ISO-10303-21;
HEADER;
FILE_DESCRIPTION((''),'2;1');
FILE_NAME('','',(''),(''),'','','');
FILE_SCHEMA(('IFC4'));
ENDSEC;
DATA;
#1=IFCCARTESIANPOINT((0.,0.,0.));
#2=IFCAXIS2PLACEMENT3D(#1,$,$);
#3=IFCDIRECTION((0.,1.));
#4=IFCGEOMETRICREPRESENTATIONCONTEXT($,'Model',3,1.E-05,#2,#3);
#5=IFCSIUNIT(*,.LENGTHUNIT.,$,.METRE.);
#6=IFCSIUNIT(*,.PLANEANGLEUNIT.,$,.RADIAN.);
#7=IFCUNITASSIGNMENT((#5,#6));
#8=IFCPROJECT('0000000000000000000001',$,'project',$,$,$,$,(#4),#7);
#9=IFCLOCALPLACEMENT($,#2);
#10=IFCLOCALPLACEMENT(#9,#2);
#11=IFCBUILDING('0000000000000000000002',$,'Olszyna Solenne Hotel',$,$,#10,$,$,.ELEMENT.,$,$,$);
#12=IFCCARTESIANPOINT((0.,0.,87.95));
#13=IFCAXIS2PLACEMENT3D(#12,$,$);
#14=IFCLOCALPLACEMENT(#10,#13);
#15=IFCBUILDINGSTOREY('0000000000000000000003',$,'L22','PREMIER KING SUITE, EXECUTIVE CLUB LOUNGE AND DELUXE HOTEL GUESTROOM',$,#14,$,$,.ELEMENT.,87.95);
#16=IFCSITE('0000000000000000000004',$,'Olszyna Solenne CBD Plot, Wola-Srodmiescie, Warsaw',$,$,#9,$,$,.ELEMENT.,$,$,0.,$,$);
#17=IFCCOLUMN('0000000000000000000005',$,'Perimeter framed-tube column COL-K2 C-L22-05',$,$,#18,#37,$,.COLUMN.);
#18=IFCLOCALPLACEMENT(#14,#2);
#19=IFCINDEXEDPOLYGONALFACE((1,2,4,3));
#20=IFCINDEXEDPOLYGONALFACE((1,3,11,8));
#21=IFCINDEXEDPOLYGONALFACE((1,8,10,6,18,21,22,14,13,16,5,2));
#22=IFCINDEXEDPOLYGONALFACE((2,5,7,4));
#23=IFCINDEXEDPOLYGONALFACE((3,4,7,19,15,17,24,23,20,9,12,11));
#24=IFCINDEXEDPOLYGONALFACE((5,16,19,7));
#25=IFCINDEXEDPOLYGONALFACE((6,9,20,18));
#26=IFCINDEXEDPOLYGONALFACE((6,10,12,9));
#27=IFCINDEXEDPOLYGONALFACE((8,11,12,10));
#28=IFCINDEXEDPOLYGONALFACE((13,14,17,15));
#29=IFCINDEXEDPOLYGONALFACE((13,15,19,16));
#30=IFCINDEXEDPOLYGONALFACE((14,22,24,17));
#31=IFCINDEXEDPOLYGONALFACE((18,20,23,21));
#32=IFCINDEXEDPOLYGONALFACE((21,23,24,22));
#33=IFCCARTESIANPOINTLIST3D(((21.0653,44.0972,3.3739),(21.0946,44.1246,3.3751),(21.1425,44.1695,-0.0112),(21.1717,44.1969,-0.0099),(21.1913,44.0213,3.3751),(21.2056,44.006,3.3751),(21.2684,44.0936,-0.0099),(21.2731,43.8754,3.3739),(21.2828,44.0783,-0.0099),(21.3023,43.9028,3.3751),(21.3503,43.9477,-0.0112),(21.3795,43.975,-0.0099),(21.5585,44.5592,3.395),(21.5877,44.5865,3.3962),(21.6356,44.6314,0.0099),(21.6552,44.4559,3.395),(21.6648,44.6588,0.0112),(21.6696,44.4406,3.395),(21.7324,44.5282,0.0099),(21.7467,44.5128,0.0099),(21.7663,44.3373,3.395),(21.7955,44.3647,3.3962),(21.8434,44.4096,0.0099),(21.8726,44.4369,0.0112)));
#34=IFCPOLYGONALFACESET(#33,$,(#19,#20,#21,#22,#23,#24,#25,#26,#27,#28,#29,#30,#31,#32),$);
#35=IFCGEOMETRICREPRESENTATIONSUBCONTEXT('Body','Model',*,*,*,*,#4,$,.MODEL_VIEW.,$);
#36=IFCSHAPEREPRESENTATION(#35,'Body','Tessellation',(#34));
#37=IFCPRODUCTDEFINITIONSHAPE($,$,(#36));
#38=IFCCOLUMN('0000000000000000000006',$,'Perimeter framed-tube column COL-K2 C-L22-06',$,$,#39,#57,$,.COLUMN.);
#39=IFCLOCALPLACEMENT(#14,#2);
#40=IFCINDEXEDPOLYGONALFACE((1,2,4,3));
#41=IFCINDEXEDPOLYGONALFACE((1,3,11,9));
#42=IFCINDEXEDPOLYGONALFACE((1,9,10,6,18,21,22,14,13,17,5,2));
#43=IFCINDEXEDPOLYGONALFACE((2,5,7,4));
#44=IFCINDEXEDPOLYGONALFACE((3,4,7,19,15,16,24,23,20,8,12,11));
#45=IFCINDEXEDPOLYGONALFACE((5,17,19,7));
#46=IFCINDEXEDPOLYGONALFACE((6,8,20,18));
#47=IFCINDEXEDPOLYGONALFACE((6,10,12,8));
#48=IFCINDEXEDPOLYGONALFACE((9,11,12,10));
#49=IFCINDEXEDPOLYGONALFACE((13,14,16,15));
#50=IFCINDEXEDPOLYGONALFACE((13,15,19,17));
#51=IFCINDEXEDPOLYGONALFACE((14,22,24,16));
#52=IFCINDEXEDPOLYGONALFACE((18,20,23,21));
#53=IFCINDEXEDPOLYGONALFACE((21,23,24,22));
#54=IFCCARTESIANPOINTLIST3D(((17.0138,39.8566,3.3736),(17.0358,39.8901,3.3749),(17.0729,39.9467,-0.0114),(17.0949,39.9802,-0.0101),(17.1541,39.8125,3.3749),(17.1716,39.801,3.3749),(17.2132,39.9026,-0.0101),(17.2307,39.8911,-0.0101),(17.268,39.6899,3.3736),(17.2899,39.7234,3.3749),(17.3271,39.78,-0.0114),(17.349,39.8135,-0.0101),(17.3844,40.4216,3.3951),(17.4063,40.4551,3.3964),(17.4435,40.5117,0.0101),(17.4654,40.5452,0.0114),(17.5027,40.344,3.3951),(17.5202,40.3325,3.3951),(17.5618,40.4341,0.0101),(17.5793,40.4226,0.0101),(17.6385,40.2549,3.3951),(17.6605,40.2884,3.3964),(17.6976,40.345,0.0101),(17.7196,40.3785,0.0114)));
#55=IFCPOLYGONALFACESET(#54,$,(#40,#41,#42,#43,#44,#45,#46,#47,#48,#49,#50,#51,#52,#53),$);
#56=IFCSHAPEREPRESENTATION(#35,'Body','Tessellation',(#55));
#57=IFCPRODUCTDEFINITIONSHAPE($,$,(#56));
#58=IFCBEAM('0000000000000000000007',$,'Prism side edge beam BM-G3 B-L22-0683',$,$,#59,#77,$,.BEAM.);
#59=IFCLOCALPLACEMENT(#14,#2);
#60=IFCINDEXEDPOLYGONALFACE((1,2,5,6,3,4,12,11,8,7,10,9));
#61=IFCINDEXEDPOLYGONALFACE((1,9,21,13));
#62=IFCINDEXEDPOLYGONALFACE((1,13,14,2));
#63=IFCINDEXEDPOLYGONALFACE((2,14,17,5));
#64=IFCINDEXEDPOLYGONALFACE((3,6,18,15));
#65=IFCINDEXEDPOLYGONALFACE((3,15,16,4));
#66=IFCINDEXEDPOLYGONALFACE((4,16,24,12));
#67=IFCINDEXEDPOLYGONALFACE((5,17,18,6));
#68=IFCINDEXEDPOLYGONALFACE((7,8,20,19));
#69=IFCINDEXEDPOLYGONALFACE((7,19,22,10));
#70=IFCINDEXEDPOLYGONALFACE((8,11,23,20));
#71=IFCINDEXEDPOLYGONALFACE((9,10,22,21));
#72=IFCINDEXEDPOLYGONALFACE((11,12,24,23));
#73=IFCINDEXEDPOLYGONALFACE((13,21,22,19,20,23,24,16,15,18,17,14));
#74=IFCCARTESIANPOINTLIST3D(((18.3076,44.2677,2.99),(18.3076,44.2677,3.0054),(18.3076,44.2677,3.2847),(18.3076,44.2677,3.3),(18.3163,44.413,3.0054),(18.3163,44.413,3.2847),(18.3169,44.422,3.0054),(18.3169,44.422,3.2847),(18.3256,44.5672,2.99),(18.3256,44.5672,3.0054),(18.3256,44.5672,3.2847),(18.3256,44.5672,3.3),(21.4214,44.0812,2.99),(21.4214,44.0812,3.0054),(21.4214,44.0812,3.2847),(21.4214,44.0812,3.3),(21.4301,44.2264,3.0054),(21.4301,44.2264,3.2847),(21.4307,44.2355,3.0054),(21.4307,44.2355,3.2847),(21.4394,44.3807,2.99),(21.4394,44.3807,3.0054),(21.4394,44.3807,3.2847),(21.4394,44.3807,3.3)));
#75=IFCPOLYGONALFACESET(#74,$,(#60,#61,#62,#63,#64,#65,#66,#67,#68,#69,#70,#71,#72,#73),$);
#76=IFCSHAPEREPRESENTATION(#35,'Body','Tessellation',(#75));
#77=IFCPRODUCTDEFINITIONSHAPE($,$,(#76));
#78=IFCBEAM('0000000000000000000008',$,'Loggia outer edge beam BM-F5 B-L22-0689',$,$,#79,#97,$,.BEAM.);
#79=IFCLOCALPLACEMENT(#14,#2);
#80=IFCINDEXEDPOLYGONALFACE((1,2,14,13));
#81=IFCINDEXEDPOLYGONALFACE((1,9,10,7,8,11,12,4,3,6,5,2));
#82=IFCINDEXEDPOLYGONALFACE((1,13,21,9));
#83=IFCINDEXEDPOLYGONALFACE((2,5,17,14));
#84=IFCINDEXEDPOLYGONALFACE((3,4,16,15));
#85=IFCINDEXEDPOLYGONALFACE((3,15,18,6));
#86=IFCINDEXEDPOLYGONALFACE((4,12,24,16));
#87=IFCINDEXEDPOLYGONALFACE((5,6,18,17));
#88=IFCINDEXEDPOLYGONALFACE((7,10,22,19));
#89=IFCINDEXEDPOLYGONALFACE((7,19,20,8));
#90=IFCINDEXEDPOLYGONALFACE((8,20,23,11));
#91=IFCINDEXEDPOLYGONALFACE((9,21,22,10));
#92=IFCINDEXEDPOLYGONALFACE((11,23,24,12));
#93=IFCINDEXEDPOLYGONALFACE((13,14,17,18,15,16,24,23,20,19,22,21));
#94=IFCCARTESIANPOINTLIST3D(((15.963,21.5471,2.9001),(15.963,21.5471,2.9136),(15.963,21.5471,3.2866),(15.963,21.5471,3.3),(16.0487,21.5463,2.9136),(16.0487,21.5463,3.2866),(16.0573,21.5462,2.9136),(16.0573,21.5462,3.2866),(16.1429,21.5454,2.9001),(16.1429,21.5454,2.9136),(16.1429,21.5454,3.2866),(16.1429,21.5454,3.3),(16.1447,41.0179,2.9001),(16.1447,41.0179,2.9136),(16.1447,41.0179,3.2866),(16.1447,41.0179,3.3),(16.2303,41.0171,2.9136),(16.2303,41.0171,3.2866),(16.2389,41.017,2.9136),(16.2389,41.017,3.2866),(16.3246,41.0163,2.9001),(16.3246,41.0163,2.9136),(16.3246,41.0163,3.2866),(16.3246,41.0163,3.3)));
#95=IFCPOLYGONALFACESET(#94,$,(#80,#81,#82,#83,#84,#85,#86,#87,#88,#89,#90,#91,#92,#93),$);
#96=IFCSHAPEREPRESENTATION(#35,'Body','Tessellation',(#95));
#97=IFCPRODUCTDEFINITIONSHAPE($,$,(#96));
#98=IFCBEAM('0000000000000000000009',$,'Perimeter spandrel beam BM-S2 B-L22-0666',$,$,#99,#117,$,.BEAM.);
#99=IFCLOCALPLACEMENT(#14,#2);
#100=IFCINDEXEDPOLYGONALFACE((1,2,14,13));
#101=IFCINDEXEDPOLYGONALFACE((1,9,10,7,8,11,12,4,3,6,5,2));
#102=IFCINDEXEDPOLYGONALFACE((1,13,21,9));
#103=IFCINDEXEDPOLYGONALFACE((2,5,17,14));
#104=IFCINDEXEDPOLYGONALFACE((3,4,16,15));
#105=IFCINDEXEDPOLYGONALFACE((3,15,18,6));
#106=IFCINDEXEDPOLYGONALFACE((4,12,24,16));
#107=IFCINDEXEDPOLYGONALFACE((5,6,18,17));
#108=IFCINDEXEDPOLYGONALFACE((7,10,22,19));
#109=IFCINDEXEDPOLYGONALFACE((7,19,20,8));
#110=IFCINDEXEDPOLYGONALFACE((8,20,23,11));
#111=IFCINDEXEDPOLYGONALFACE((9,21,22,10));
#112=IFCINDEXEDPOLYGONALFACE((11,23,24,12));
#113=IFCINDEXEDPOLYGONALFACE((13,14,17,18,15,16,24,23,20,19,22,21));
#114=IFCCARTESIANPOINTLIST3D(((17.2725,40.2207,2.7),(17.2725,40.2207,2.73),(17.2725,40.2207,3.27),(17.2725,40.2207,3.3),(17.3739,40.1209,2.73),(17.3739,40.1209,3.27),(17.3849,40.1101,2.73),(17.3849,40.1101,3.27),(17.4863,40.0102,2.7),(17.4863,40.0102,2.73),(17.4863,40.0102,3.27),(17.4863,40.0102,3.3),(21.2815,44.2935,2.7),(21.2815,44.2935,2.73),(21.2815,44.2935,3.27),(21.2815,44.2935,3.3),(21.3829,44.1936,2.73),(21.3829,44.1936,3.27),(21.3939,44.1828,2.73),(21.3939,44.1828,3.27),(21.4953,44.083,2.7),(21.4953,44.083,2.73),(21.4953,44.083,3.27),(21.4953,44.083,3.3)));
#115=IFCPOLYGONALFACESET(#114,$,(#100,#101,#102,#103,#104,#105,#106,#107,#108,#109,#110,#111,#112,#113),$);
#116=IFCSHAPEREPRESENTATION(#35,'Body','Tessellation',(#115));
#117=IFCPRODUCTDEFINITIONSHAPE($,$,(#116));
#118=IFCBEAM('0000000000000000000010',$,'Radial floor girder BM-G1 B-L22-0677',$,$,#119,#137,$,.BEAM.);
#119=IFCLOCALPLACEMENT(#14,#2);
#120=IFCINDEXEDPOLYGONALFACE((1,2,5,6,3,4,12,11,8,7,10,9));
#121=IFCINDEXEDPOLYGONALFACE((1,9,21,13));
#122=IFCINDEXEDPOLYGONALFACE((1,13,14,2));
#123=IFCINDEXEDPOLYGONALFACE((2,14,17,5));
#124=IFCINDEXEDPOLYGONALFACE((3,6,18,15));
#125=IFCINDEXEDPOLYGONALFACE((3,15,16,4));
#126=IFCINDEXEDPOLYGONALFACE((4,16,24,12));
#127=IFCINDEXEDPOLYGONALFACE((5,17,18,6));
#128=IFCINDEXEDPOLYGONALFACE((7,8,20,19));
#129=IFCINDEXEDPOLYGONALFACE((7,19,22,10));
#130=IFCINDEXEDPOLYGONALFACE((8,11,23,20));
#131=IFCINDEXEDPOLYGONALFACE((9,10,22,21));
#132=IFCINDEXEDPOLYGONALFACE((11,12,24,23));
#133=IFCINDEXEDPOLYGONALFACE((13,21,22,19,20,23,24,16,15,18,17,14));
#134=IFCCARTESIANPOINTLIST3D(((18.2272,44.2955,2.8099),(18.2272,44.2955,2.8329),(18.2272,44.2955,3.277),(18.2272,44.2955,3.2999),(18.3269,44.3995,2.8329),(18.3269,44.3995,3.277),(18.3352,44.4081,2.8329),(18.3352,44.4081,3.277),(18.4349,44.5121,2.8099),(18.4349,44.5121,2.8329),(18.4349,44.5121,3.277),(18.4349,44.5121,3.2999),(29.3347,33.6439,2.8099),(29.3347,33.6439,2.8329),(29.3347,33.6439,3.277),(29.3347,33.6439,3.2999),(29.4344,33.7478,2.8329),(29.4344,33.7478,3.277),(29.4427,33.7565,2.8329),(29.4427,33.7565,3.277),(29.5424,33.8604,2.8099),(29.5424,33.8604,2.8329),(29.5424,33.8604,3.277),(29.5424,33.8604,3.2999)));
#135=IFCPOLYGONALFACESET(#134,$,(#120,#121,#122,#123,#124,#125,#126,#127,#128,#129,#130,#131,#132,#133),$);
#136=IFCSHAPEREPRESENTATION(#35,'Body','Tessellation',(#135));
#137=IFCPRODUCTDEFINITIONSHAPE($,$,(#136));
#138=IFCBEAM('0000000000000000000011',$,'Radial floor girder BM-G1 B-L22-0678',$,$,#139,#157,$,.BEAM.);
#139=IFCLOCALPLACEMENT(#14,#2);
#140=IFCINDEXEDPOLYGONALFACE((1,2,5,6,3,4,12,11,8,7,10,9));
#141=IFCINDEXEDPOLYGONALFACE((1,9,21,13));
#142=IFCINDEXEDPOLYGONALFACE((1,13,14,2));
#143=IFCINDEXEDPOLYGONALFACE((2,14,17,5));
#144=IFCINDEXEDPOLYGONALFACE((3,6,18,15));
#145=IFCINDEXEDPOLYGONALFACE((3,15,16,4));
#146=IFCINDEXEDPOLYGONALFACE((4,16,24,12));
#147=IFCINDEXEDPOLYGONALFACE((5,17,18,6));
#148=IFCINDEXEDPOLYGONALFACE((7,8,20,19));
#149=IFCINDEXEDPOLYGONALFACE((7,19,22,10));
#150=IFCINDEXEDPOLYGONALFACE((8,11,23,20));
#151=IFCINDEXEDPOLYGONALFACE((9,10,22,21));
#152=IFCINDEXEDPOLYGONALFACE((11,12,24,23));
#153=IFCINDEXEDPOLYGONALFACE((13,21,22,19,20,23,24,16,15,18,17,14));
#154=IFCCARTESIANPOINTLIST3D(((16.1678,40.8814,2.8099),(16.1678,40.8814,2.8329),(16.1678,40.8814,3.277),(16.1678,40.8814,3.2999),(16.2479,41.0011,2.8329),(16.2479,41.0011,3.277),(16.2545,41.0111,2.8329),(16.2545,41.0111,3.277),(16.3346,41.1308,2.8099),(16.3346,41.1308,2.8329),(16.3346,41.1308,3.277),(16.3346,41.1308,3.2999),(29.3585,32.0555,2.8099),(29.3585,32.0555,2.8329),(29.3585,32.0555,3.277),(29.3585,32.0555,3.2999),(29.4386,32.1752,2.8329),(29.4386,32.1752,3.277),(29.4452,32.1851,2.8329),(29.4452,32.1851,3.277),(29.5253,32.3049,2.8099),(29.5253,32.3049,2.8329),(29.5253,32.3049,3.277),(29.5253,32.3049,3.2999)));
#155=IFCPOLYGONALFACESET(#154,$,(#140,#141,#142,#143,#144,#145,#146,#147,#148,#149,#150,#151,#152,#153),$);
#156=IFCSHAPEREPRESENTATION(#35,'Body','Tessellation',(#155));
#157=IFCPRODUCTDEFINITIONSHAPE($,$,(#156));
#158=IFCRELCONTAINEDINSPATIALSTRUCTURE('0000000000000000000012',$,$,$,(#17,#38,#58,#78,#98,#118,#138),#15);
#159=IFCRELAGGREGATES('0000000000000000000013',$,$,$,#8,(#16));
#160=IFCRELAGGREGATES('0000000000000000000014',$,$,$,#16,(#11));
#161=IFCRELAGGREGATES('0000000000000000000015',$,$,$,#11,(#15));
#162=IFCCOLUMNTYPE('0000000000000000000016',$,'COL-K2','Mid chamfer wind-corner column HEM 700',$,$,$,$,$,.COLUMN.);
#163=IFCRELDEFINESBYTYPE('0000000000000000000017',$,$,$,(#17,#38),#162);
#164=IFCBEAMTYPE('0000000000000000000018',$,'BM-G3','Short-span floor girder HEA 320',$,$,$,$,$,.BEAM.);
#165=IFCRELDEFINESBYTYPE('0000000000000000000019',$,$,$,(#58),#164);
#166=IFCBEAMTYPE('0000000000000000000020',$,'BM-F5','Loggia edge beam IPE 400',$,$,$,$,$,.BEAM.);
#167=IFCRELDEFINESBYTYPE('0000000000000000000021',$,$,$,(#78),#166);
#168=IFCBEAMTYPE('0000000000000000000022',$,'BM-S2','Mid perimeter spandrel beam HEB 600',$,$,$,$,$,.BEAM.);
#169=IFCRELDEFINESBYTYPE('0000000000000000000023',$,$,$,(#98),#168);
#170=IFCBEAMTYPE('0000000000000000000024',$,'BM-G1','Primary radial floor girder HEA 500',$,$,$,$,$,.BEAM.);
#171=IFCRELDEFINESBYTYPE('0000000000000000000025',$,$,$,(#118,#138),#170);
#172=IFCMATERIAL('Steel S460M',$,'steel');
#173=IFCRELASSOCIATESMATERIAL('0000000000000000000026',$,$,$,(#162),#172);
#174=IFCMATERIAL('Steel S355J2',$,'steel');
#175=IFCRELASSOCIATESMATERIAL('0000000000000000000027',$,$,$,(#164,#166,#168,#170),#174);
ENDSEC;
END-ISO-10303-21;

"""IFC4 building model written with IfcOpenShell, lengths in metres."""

from ifc_helpers import new_model, si_unit, direction, frame, origin, origin_2d, place, context, subcontext, project, spatial, i_section, extrude, source, transform, mapped, material, material_profile, profile_set, type_object, element, save


model = new_model("IFC4")

# Units and contexts
model_context = context("Model", 3, precision=1e-05, world=origin(), true_north=direction((0.0, 1.0)))
body_context = subcontext(model_context, "Body", "Model", "MODEL_VIEW")
ifc_project = project(units=[si_unit("LENGTHUNIT", "METRE"), si_unit("PLANEANGLEUNIT", "RADIAN")], contexts=[model_context])

# Site, building, storey
site_placement = place(None, origin())
site = spatial("IfcSite", under=ifc_project, at=site_placement, Name="Olszyna Solenne CBD Plot, Wola-Srodmiescie, Warsaw", CompositionType="ELEMENT", RefElevation=0.0)
building_placement = place(site_placement, origin())
building = spatial("IfcBuilding", under=site, at=building_placement, Name="Olszyna Solenne Hotel", CompositionType="ELEMENT")
storey_placement = place(building_placement, frame((0.0, 0.0, 87.95)))
storey = spatial("IfcBuildingStorey", under=building, at=storey_placement, Name="L22", Description="PREMIER KING SUITE, EXECUTIVE CLUB LOUNGE AND DELUXE HOTEL GUESTROOM", CompositionType="ELEMENT", Elevation=87.95)

# Columns
ifc_material_1 = material(Name="Steel S460M", Category="steel")
ifc_material_profile_1 = material_profile(ifc_material_1, i_section(OverallWidth=0.304, OverallDepth=0.7161, WebThickness=0.021, FlangeThickness=0.04, at=origin_2d()), Name="HEM 700", Category="load-bearing")
ifc_profile_set_1 = profile_set([ifc_material_profile_1], Name="Steel S460M")
column_type = type_object("IfcColumnType", Name="COL-K2", Description="Mid chamfer wind-corner column HEM 700", PredefinedType="COLUMN", material=ifc_profile_set_1)
shared_shape_1 = source(origin(), body_context, "Body", "SweptSolid", [
    extrude(i_section(OverallWidth=0.304, OverallDepth=0.7161, WebThickness=0.021, FlangeThickness=0.04, at=origin_2d()), origin(), (0.0, 0.0, 1.0), 3.3867),
])
for number, where, z_axis, x_axis, name in (
    (1, (21.5076, 44.3032, 0.0), (-0.02278, -0.021338, 0.999513), (0.683634, -0.729825, 0.0), "Perimeter framed-tube column COL-K2 C-L22-05"),
    (2, (17.3962, 40.1626, 0.0), (-0.017445, -0.0266, 0.999494), (0.83621, -0.548409, 0.0), "Perimeter framed-tube column COL-K2 C-L22-06"),
):
    element("IfcColumn", number, at=place(storey_placement, frame(where, z_axis=z_axis, x_axis=x_axis)), inside=storey, type_object=column_type, Name=name, PredefinedType="COLUMN", context=body_context, shape_type="MappedRepresentation", body=[
        mapped(shared_shape_1, transform((0.0, 0.0, 0.0), x_axis=(1.0, 0.0, 0.0), y_axis=(0.0, 1.0, 0.0), z_axis=(0.0, 0.0, 1.0), scale=1.0)),
    ])

# Beams
ifc_material_2 = material(Name="Steel S355J2", Category="steel")
ifc_material_profile_2 = material_profile(ifc_material_2, i_section(OverallWidth=0.3, OverallDepth=0.3101, WebThickness=0.009, FlangeThickness=0.0154, at=origin_2d()), Name="HEA 320", Category="load-bearing")
ifc_profile_set_2 = profile_set([ifc_material_profile_2], Name="Steel S355J2")
beam_type_1 = type_object("IfcBeamType", Name="BM-G3", Description="Short-span floor girder HEA 320", PredefinedType="BEAM", material=ifc_profile_set_2)
shared_shape_2 = source(origin(), body_context, "Body", "SweptSolid", [
    extrude(i_section(OverallWidth=0.3, OverallDepth=0.3101, WebThickness=0.009, FlangeThickness=0.0154, at=origin_2d()), origin(), (0.0, 0.0, 1.0), 3.1194),
])
beam_1_placement = place(storey_placement, frame((21.4304, 44.231, 3.145), z_axis=(-0.998211, 0.059796, 0.0), x_axis=(-0.059796, -0.998211, 0.0)))
element("IfcBeam", 3, at=beam_1_placement, inside=storey, type_object=beam_type_1, Name="Prism side edge beam BM-G3 B-L22-0683", PredefinedType="BEAM", context=body_context, shape_type="MappedRepresentation", body=[
    mapped(shared_shape_2, transform((0.0, 0.0, 0.0), x_axis=(1.0, 0.0, 0.0), y_axis=(0.0, 1.0, 0.0), z_axis=(0.0, 0.0, 1.0), scale=1.0)),
])
ifc_material_profile_3 = material_profile(ifc_material_2, i_section(OverallWidth=0.1799, OverallDepth=0.3999, WebThickness=0.0085, FlangeThickness=0.0134, at=origin_2d()), Name="IPE 400", Category="load-bearing")
ifc_profile_set_3 = profile_set([ifc_material_profile_3], Name="Steel S355J2")
beam_type_2 = type_object("IfcBeamType", Name="BM-F5", Description="Loggia edge beam IPE 400", PredefinedType="BEAM", material=ifc_profile_set_3)
shared_shape_3 = source(origin(), body_context, "Body", "SweptSolid", [
    extrude(i_section(OverallWidth=0.1799, OverallDepth=0.3999, WebThickness=0.0085, FlangeThickness=0.0134, at=origin_2d()), origin(), (0.0, 0.0, 1.0), 19.4717),
])
beam_2_placement = place(storey_placement, frame((16.2346, 41.0171, 3.1001), z_axis=(-0.009328, -0.999956, 0.0), x_axis=(0.999956, -0.009328, 0.0)))
element("IfcBeam", 4, at=beam_2_placement, inside=storey, type_object=beam_type_2, Name="Loggia outer edge beam BM-F5 B-L22-0689", PredefinedType="BEAM", context=body_context, shape_type="MappedRepresentation", body=[
    mapped(shared_shape_3, transform((0.0, 0.0, 0.0), x_axis=(1.0, 0.0, 0.0), y_axis=(0.0, 1.0, 0.0), z_axis=(0.0, 0.0, 1.0), scale=1.0)),
])
ifc_material_profile_4 = material_profile(ifc_material_2, i_section(OverallWidth=0.3, OverallDepth=0.6001, WebThickness=0.0154, FlangeThickness=0.03, at=origin_2d()), Name="HEB 600", Category="load-bearing")
ifc_profile_set_4 = profile_set([ifc_material_profile_4], Name="Steel S355J2")
beam_type_3 = type_object("IfcBeamType", Name="BM-S2", Description="Mid perimeter spandrel beam HEB 600", PredefinedType="BEAM", material=ifc_profile_set_4)
shared_shape_4 = source(origin(), body_context, "Body", "SweptSolid", [
    extrude(i_section(OverallWidth=0.3, OverallDepth=0.6001, WebThickness=0.0154, FlangeThickness=0.03, at=origin_2d()), origin(), (0.0, 0.0, 1.0), 5.7148),
])
beam_3_placement = place(storey_placement, frame((21.3884, 44.1882, 3.0), z_axis=(-0.70151, -0.71266, 0.0), x_axis=(0.71266, -0.70151, 0.0)))
element("IfcBeam", 5, at=beam_3_placement, inside=storey, type_object=beam_type_3, Name="Perimeter spandrel beam BM-S2 B-L22-0666", PredefinedType="BEAM", context=body_context, shape_type="MappedRepresentation", body=[
    mapped(shared_shape_4, transform((0.0, 0.0, 0.0), x_axis=(1.0, 0.0, 0.0), y_axis=(0.0, 1.0, 0.0), z_axis=(0.0, 0.0, 1.0), scale=1.0)),
])
ifc_material_profile_5 = material_profile(ifc_material_2, i_section(OverallWidth=0.3, OverallDepth=0.49, WebThickness=0.012, FlangeThickness=0.0229, at=origin_2d()), Name="HEA 500", Category="load-bearing")
ifc_profile_set_5 = profile_set([ifc_material_profile_5], Name="Steel S355J2")
beam_type_4 = type_object("IfcBeamType", Name="BM-G1", Description="Primary radial floor girder HEA 500", PredefinedType="BEAM", material=ifc_profile_set_5)
shared_shape_5 = source(origin(), body_context, "Body", "SweptSolid", [
    extrude(i_section(OverallWidth=0.3, OverallDepth=0.49, WebThickness=0.012, FlangeThickness=0.0229, at=origin_2d()), origin(), (0.0, 0.0, 1.0), 15.3894),
])
beam_4_placement = place(storey_placement, frame((18.3311, 44.4038, 3.0549), z_axis=(0.721761, -0.692142, 0.0), x_axis=(0.692142, 0.721761, 0.0)))
element("IfcBeam", 6, at=beam_4_placement, inside=storey, type_object=beam_type_4, Name="Radial floor girder BM-G1 B-L22-0677", PredefinedType="BEAM", context=body_context, shape_type="MappedRepresentation", body=[
    mapped(shared_shape_5, transform((0.0, 0.0, 0.0), x_axis=(1.0, 0.0, 0.0), y_axis=(0.0, 1.0, 0.0), z_axis=(0.0, 0.0, 1.0), scale=1.0)),
])
shared_shape_6 = source(origin(), body_context, "Body", "SweptSolid", [
    extrude(i_section(OverallWidth=0.3, OverallDepth=0.49, WebThickness=0.012, FlangeThickness=0.0229, at=origin_2d()), origin(), (0.0, 0.0, 1.0), 15.8711),
])
beam_5_placement = place(storey_placement, frame((16.2512, 41.0061, 3.0549), z_axis=(0.831114, -0.556102, 0.0), x_axis=(0.556102, 0.831114, 0.0)))
element("IfcBeam", 7, at=beam_5_placement, inside=storey, type_object=beam_type_4, Name="Radial floor girder BM-G1 B-L22-0678", PredefinedType="BEAM", context=body_context, shape_type="MappedRepresentation", body=[
    mapped(shared_shape_6, transform((0.0, 0.0, 0.0), x_axis=(1.0, 0.0, 0.0), y_axis=(0.0, 1.0, 0.0), z_axis=(0.0, 0.0, 1.0), scale=1.0)),
])

save(model, "model.ifc")
